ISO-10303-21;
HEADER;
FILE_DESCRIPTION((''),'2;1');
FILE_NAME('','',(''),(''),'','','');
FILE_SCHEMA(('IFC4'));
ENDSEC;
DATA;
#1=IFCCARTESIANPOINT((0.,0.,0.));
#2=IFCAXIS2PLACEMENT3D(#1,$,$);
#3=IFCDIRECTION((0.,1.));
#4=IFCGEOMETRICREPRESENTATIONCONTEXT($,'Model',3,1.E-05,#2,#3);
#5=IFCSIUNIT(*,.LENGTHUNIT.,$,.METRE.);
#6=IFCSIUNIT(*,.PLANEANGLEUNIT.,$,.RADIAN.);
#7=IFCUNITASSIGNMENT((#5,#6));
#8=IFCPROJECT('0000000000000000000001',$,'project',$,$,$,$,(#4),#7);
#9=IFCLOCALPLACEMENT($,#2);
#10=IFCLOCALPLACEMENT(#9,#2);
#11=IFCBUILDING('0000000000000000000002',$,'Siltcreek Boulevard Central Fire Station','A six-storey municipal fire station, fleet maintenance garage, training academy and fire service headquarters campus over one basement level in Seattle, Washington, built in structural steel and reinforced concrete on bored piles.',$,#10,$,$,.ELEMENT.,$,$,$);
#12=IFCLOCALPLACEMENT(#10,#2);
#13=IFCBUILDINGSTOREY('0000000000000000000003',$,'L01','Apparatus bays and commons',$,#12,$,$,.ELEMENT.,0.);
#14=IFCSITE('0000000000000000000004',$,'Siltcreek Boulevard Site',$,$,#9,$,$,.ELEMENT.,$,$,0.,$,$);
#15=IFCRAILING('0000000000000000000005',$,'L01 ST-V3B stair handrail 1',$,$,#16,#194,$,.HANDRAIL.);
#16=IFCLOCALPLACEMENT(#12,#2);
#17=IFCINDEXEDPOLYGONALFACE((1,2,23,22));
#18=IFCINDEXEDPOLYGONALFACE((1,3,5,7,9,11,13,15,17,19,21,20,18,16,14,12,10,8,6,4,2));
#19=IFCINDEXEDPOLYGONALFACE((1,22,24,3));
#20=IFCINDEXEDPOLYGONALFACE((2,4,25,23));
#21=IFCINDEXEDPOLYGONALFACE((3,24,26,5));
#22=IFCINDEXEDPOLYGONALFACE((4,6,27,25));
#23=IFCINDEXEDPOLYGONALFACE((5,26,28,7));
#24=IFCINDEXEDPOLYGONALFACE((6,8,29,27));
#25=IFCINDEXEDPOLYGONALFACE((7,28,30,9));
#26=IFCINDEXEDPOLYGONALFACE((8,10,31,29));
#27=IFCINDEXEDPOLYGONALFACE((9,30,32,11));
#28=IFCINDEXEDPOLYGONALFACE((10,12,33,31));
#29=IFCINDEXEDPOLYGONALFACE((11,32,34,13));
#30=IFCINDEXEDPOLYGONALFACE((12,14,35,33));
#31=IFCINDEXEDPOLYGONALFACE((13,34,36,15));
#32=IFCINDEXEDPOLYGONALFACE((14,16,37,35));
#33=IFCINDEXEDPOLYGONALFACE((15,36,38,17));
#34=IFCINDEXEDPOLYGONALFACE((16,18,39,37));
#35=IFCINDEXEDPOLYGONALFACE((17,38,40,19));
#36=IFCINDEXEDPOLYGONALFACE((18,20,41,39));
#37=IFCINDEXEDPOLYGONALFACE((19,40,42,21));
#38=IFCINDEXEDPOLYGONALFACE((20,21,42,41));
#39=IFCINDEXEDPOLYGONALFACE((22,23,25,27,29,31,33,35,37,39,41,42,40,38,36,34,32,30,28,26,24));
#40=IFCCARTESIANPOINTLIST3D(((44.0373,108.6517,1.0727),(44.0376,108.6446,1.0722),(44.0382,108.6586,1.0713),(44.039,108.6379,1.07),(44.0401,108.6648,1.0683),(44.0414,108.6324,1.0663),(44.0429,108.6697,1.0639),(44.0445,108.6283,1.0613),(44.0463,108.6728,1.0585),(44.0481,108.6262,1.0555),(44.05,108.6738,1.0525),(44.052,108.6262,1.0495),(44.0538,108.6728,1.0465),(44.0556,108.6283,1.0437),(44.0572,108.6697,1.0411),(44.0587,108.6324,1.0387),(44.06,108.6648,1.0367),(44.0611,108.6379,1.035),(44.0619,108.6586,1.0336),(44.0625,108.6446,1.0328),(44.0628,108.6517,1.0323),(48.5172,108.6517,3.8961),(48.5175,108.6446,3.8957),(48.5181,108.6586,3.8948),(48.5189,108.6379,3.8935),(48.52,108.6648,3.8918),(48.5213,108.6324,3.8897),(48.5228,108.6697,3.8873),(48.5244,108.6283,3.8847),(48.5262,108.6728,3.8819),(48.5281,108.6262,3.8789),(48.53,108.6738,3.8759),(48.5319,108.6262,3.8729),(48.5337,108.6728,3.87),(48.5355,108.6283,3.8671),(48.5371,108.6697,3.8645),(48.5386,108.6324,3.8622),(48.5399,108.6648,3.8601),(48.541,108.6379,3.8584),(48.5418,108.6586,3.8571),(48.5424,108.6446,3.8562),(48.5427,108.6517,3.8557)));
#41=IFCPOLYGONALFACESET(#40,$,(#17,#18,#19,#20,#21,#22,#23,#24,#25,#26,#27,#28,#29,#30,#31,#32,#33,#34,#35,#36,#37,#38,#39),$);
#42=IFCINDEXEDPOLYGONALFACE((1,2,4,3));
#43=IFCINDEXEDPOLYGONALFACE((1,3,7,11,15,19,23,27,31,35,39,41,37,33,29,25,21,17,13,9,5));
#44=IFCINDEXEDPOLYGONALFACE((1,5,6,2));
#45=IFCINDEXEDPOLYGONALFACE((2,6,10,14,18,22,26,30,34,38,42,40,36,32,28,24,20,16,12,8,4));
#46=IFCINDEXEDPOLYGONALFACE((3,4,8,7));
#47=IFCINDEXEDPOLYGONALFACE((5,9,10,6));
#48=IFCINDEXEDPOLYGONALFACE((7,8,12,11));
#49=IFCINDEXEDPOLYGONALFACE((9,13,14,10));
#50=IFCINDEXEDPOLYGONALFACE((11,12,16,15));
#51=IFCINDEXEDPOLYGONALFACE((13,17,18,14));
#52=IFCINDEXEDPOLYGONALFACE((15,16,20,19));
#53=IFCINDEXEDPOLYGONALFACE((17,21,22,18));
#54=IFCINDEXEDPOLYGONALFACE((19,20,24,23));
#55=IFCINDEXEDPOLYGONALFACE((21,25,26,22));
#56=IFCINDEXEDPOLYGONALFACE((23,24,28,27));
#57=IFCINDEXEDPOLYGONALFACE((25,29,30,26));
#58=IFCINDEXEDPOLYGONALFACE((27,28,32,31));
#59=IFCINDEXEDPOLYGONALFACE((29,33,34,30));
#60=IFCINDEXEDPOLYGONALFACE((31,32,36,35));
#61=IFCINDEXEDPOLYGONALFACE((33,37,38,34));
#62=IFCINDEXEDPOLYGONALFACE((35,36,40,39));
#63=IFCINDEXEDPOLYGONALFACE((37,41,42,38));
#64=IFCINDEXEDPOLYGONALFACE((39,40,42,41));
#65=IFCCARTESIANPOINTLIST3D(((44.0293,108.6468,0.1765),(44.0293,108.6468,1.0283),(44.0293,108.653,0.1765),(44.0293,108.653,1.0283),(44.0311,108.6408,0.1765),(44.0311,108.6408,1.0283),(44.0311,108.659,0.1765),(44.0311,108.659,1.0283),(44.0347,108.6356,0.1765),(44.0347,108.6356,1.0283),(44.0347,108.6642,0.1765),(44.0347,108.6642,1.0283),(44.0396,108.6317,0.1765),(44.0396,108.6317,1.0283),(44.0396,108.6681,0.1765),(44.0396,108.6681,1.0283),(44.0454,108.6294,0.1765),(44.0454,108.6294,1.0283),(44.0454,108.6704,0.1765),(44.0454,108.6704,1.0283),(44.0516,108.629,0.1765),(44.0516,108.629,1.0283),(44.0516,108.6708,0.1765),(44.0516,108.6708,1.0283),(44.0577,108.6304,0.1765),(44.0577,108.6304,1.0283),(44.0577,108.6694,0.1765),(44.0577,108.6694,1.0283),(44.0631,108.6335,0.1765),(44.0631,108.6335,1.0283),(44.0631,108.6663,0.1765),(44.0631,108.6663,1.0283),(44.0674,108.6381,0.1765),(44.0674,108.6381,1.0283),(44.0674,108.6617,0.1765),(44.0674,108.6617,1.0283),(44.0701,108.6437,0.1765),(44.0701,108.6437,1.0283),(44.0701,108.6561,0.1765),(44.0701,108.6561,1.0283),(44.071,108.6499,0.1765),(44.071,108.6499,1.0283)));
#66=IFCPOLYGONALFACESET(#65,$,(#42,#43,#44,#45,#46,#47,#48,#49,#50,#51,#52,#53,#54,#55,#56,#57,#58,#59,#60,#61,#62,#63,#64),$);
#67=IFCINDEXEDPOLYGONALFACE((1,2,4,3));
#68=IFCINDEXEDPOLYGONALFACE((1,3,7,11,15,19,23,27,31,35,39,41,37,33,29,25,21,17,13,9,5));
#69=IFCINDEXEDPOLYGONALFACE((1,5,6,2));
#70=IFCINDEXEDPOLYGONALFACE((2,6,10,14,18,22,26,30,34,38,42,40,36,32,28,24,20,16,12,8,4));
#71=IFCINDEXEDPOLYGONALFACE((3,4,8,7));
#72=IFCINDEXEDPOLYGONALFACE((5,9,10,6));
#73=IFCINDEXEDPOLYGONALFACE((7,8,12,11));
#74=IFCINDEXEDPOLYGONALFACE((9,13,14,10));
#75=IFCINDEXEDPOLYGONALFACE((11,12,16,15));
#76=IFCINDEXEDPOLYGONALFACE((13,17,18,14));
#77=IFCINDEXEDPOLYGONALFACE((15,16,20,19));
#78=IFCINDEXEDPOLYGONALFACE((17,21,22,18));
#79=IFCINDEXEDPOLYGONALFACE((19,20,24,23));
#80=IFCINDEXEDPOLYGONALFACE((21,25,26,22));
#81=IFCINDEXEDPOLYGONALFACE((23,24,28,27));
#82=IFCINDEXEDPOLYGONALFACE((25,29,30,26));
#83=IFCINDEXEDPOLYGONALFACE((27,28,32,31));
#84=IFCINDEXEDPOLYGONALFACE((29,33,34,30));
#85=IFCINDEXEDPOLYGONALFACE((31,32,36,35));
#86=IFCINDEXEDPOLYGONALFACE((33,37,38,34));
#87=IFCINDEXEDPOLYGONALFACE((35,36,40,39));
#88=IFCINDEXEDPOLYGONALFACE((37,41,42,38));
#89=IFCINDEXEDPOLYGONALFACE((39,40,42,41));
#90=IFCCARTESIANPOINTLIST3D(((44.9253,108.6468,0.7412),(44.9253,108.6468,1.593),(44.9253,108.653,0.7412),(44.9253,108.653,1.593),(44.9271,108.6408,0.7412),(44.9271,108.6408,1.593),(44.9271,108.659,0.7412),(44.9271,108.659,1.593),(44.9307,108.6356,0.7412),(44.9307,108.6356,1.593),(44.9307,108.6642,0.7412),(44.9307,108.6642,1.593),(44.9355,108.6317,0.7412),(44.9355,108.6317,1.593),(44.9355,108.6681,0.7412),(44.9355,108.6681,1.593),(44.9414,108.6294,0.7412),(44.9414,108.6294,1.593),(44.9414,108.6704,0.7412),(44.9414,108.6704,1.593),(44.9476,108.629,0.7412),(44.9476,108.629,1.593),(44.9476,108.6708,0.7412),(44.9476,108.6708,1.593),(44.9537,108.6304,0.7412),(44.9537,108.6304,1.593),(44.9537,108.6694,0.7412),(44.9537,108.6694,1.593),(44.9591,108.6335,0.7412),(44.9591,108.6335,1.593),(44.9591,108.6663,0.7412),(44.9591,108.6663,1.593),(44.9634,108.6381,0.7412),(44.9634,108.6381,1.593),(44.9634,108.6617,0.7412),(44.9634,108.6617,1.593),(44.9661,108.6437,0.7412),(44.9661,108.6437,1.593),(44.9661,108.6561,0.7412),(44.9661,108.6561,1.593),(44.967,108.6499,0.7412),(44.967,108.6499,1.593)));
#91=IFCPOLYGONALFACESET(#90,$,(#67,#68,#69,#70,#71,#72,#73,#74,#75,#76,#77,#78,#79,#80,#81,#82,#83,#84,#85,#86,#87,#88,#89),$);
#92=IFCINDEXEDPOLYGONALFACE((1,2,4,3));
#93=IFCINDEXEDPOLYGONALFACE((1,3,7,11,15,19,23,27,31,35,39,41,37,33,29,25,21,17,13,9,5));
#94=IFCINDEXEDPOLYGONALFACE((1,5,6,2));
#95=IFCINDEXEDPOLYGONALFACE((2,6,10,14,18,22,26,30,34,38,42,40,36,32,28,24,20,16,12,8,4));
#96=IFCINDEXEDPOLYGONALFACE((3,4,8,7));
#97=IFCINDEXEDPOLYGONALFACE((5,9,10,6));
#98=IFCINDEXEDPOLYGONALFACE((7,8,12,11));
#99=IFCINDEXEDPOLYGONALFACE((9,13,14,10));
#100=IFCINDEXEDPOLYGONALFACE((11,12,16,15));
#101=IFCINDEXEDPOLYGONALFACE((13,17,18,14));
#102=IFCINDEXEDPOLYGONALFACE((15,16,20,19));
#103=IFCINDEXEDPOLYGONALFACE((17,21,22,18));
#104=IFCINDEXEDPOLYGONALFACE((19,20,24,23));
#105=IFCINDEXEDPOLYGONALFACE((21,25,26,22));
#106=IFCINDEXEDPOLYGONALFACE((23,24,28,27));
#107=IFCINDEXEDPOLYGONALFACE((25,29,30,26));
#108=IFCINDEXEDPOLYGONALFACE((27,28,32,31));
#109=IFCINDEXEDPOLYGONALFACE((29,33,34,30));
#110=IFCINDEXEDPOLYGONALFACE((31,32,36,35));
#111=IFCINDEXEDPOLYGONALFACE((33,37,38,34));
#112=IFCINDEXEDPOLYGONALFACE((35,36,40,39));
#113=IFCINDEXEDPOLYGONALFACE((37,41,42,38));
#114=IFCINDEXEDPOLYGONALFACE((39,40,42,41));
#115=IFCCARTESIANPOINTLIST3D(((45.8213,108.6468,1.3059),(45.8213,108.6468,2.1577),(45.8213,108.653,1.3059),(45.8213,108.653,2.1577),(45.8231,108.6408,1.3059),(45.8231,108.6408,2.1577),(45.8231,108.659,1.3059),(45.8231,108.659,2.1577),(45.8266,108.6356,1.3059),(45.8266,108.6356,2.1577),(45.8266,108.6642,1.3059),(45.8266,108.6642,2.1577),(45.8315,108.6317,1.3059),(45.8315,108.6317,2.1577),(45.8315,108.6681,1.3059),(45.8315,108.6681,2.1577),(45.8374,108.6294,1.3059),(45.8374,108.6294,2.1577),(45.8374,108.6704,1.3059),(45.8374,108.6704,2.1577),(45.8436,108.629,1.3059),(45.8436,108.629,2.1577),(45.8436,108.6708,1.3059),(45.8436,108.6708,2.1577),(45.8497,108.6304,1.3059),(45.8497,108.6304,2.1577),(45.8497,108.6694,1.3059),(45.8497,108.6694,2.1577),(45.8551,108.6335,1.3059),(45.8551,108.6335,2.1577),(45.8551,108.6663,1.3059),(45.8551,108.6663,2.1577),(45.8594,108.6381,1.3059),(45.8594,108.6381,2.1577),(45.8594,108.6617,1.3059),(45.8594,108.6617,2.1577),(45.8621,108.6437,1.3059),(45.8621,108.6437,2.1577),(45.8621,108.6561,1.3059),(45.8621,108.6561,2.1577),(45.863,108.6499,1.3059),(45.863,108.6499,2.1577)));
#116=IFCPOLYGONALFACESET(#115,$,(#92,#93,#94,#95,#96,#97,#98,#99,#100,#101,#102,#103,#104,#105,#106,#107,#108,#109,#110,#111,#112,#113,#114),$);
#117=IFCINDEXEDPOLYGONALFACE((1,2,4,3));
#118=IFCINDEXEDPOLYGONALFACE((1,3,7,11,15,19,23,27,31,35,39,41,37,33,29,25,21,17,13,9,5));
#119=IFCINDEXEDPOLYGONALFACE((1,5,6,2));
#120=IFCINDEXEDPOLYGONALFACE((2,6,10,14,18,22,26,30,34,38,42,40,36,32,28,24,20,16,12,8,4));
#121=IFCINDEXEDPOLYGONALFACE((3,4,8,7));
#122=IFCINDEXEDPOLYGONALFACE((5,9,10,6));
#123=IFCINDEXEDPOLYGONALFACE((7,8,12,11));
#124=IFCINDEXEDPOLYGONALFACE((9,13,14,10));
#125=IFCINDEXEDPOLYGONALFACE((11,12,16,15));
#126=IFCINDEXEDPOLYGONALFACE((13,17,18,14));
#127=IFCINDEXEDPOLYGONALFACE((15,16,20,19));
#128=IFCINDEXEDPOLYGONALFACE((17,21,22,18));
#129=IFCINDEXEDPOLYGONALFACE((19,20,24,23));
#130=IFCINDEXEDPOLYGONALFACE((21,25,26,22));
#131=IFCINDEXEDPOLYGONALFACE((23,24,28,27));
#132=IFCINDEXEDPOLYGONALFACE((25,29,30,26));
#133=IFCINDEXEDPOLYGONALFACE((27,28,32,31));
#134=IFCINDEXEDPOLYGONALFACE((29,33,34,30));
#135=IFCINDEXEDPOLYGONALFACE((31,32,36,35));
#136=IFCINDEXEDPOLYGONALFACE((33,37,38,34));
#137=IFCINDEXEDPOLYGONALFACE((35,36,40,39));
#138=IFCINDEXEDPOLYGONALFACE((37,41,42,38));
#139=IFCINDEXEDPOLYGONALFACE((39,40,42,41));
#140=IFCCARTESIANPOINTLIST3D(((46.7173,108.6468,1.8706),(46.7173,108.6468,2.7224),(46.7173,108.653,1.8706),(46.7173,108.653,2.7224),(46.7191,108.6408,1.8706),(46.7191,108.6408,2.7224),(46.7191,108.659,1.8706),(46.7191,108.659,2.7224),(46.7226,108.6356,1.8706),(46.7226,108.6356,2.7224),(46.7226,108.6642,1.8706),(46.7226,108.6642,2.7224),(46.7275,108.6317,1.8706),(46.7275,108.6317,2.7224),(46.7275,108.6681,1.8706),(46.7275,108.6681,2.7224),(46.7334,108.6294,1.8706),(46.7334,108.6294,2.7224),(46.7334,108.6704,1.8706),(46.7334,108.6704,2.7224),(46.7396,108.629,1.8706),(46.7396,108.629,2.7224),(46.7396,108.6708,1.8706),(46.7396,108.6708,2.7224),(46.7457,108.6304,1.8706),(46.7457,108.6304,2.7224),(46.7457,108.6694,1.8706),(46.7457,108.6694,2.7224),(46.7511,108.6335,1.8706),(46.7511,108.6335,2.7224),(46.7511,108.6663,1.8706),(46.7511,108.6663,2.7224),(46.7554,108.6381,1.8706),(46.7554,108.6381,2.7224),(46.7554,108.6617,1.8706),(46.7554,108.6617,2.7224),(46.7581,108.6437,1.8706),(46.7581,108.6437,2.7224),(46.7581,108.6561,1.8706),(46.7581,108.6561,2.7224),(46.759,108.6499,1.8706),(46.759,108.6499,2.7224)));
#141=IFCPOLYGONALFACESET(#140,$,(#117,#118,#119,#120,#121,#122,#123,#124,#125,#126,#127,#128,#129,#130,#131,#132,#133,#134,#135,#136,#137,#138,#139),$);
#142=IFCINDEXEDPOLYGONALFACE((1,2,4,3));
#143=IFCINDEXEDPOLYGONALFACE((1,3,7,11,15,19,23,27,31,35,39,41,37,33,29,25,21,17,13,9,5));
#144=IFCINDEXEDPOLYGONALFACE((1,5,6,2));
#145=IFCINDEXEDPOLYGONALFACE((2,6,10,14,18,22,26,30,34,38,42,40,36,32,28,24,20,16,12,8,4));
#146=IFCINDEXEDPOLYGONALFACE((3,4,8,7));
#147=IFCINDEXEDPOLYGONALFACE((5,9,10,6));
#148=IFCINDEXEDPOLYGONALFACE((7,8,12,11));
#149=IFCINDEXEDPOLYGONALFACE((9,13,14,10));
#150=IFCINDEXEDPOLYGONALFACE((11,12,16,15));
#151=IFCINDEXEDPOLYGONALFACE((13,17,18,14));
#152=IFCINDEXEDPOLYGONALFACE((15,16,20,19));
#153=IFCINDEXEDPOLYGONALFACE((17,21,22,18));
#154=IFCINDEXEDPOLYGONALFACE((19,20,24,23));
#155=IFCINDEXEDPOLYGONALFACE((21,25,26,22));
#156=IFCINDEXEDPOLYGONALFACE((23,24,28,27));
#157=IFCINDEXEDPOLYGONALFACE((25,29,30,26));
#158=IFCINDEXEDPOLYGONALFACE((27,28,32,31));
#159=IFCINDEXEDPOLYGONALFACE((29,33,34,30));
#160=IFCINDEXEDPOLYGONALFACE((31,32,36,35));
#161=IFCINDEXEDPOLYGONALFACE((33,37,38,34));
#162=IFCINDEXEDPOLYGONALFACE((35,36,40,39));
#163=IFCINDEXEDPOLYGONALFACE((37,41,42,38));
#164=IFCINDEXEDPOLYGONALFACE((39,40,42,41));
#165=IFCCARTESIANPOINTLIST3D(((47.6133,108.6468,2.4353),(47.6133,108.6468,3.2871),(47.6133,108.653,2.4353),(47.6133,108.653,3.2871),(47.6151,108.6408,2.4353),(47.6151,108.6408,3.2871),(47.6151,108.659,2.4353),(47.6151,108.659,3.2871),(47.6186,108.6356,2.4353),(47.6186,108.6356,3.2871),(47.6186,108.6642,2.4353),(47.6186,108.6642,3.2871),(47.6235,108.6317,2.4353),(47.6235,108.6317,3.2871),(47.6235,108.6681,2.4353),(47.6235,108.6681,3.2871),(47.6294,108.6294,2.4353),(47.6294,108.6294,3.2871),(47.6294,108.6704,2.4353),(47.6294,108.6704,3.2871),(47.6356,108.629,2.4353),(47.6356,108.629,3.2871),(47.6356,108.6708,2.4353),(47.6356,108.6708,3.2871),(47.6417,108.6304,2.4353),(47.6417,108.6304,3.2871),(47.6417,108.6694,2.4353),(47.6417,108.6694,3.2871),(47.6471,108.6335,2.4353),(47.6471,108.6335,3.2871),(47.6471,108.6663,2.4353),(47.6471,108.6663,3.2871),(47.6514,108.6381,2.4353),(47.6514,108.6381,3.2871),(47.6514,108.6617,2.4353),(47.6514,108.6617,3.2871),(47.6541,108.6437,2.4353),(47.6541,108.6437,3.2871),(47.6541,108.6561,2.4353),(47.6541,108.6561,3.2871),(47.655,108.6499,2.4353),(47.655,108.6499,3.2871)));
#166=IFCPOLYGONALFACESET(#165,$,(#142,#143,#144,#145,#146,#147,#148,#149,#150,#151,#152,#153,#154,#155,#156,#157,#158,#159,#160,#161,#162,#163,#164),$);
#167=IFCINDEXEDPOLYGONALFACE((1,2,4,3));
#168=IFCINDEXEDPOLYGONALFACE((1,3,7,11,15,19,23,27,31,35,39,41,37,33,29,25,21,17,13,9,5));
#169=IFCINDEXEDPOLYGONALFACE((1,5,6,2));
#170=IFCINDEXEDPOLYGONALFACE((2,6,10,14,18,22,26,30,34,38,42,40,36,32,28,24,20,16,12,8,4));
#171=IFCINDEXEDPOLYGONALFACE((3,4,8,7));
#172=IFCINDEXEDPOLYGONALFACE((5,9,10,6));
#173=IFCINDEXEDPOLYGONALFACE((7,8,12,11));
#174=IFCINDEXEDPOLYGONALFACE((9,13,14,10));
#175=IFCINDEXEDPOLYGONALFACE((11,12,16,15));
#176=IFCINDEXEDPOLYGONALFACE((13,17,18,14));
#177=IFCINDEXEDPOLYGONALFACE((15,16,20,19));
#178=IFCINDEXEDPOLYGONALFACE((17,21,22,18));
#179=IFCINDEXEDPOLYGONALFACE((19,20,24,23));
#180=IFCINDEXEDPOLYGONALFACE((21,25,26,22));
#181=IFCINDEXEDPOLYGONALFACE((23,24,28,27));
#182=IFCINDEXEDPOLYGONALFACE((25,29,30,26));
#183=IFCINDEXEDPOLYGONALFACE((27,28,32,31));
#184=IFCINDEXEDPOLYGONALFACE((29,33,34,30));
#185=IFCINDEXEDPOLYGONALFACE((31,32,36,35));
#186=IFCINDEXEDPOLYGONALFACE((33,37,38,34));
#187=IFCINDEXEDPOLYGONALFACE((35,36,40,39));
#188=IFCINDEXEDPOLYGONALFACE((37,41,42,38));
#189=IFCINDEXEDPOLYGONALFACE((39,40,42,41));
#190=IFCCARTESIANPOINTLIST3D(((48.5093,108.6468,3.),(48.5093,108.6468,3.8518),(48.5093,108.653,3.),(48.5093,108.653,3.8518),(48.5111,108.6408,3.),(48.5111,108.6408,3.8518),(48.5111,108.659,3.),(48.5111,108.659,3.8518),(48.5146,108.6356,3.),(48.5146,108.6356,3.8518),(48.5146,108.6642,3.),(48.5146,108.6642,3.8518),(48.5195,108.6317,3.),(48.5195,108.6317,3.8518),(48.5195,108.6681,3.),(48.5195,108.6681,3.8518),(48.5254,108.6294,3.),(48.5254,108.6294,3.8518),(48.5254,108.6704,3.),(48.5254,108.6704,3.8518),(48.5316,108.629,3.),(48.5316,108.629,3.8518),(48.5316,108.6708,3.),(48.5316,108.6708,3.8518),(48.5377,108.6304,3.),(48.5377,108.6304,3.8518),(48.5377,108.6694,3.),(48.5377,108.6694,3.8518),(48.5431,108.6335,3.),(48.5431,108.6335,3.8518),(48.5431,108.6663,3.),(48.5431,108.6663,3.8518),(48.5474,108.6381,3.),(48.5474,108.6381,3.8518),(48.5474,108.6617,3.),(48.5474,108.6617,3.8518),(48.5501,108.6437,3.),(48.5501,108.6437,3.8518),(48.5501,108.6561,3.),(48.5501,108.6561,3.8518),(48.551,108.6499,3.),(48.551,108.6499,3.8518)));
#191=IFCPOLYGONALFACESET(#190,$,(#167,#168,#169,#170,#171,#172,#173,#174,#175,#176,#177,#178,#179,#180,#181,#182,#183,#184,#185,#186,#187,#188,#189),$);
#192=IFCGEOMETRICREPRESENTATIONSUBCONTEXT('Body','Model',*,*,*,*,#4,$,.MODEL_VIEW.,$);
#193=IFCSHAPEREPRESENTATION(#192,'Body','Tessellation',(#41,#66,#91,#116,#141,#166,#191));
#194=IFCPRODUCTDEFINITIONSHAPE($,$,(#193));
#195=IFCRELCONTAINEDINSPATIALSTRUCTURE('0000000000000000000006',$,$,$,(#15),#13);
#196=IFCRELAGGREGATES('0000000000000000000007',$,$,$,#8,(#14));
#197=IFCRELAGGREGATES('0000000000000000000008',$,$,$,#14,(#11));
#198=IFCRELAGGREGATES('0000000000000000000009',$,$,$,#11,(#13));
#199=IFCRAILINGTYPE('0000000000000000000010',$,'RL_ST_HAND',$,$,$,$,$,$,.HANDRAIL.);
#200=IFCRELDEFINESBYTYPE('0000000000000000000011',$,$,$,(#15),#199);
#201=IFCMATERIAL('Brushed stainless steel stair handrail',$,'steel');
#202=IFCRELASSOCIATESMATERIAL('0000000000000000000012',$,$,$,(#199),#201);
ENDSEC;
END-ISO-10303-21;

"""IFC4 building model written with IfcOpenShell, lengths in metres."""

from ifc_helpers import new_model, si_unit, direction, frame, origin, origin_2d, place, context, subcontext, project, spatial, circle, extrude, material, type_object, element, save


model = new_model("IFC4")

# Units and contexts
model_context = context("Model", 3, precision=1e-05, world=origin(), true_north=direction((0.0, 1.0)))
body_context = subcontext(model_context, "Body", "Model", "MODEL_VIEW")
ifc_project = project(units=[si_unit("LENGTHUNIT", "METRE"), si_unit("PLANEANGLEUNIT", "RADIAN")], contexts=[model_context])

# Site, building, storey
site_placement = place(None, origin())
site = spatial("IfcSite", under=ifc_project, at=site_placement, Name="Siltcreek Boulevard Site", CompositionType="ELEMENT", RefElevation=0.0)
building_placement = place(site_placement, origin())
building = spatial("IfcBuilding", under=site, at=building_placement, Name="Siltcreek Boulevard Central Fire Station", Description="A six-storey municipal fire station, fleet maintenance garage, training academy and fire service headquarters campus over one basement level in Seattle, Washington, built in structural steel and reinforced concrete on bored piles.", CompositionType="ELEMENT")
storey_placement = place(building_placement, origin())
storey = spatial("IfcBuildingStorey", under=building, at=storey_placement, Name="L01", Description="Apparatus bays and commons", CompositionType="ELEMENT", Elevation=0.0)

# Railing
ifc_material_1 = material(Name="Brushed stainless steel stair handrail", Category="steel")
railing_type_1 = type_object("IfcRailingType", Name="RL_ST_HAND", PredefinedType="HANDRAIL", material=ifc_material_1)
railing_1_placement = place(storey_placement, frame((44.05, 108.6499, 0.1765)))
element("IfcRailing", 1, at=railing_1_placement, inside=storey, type_object=railing_type_1, Name="L01 ST-V3B stair handrail 1", PredefinedType="HANDRAIL", context=body_context, shape_type="SweptSolid", body=[
    extrude(circle(Radius=0.0239, at=origin_2d()), frame((0.0, 0.0, 0.876), z_axis=(0.845998, 0.0, 0.533186), x_axis=(0.0, 1.0, 0.0)), (0.0, 0.0, 1.0), 5.2954),
    extrude(circle(Radius=0.021, at=origin_2d()), origin(), (0.0, 0.0, 1.0), 0.8518),
    extrude(circle(Radius=0.021, at=origin_2d()), frame((0.896, 0.0, 0.5647)), (0.0, 0.0, 1.0), 0.8518),
    extrude(circle(Radius=0.021, at=origin_2d()), frame((1.792, 0.0, 1.1294)), (0.0, 0.0, 1.0), 0.8518),
    extrude(circle(Radius=0.021, at=origin_2d()), frame((2.688, 0.0, 1.6941)), (0.0, 0.0, 1.0), 0.8518),
    extrude(circle(Radius=0.021, at=origin_2d()), frame((3.584, 0.0, 2.2588)), (0.0, 0.0, 1.0), 0.8518),
    extrude(circle(Radius=0.021, at=origin_2d()), frame((4.48, 0.0, 2.8235)), (0.0, 0.0, 1.0), 0.8518),
])

save(model, "model.ifc")
